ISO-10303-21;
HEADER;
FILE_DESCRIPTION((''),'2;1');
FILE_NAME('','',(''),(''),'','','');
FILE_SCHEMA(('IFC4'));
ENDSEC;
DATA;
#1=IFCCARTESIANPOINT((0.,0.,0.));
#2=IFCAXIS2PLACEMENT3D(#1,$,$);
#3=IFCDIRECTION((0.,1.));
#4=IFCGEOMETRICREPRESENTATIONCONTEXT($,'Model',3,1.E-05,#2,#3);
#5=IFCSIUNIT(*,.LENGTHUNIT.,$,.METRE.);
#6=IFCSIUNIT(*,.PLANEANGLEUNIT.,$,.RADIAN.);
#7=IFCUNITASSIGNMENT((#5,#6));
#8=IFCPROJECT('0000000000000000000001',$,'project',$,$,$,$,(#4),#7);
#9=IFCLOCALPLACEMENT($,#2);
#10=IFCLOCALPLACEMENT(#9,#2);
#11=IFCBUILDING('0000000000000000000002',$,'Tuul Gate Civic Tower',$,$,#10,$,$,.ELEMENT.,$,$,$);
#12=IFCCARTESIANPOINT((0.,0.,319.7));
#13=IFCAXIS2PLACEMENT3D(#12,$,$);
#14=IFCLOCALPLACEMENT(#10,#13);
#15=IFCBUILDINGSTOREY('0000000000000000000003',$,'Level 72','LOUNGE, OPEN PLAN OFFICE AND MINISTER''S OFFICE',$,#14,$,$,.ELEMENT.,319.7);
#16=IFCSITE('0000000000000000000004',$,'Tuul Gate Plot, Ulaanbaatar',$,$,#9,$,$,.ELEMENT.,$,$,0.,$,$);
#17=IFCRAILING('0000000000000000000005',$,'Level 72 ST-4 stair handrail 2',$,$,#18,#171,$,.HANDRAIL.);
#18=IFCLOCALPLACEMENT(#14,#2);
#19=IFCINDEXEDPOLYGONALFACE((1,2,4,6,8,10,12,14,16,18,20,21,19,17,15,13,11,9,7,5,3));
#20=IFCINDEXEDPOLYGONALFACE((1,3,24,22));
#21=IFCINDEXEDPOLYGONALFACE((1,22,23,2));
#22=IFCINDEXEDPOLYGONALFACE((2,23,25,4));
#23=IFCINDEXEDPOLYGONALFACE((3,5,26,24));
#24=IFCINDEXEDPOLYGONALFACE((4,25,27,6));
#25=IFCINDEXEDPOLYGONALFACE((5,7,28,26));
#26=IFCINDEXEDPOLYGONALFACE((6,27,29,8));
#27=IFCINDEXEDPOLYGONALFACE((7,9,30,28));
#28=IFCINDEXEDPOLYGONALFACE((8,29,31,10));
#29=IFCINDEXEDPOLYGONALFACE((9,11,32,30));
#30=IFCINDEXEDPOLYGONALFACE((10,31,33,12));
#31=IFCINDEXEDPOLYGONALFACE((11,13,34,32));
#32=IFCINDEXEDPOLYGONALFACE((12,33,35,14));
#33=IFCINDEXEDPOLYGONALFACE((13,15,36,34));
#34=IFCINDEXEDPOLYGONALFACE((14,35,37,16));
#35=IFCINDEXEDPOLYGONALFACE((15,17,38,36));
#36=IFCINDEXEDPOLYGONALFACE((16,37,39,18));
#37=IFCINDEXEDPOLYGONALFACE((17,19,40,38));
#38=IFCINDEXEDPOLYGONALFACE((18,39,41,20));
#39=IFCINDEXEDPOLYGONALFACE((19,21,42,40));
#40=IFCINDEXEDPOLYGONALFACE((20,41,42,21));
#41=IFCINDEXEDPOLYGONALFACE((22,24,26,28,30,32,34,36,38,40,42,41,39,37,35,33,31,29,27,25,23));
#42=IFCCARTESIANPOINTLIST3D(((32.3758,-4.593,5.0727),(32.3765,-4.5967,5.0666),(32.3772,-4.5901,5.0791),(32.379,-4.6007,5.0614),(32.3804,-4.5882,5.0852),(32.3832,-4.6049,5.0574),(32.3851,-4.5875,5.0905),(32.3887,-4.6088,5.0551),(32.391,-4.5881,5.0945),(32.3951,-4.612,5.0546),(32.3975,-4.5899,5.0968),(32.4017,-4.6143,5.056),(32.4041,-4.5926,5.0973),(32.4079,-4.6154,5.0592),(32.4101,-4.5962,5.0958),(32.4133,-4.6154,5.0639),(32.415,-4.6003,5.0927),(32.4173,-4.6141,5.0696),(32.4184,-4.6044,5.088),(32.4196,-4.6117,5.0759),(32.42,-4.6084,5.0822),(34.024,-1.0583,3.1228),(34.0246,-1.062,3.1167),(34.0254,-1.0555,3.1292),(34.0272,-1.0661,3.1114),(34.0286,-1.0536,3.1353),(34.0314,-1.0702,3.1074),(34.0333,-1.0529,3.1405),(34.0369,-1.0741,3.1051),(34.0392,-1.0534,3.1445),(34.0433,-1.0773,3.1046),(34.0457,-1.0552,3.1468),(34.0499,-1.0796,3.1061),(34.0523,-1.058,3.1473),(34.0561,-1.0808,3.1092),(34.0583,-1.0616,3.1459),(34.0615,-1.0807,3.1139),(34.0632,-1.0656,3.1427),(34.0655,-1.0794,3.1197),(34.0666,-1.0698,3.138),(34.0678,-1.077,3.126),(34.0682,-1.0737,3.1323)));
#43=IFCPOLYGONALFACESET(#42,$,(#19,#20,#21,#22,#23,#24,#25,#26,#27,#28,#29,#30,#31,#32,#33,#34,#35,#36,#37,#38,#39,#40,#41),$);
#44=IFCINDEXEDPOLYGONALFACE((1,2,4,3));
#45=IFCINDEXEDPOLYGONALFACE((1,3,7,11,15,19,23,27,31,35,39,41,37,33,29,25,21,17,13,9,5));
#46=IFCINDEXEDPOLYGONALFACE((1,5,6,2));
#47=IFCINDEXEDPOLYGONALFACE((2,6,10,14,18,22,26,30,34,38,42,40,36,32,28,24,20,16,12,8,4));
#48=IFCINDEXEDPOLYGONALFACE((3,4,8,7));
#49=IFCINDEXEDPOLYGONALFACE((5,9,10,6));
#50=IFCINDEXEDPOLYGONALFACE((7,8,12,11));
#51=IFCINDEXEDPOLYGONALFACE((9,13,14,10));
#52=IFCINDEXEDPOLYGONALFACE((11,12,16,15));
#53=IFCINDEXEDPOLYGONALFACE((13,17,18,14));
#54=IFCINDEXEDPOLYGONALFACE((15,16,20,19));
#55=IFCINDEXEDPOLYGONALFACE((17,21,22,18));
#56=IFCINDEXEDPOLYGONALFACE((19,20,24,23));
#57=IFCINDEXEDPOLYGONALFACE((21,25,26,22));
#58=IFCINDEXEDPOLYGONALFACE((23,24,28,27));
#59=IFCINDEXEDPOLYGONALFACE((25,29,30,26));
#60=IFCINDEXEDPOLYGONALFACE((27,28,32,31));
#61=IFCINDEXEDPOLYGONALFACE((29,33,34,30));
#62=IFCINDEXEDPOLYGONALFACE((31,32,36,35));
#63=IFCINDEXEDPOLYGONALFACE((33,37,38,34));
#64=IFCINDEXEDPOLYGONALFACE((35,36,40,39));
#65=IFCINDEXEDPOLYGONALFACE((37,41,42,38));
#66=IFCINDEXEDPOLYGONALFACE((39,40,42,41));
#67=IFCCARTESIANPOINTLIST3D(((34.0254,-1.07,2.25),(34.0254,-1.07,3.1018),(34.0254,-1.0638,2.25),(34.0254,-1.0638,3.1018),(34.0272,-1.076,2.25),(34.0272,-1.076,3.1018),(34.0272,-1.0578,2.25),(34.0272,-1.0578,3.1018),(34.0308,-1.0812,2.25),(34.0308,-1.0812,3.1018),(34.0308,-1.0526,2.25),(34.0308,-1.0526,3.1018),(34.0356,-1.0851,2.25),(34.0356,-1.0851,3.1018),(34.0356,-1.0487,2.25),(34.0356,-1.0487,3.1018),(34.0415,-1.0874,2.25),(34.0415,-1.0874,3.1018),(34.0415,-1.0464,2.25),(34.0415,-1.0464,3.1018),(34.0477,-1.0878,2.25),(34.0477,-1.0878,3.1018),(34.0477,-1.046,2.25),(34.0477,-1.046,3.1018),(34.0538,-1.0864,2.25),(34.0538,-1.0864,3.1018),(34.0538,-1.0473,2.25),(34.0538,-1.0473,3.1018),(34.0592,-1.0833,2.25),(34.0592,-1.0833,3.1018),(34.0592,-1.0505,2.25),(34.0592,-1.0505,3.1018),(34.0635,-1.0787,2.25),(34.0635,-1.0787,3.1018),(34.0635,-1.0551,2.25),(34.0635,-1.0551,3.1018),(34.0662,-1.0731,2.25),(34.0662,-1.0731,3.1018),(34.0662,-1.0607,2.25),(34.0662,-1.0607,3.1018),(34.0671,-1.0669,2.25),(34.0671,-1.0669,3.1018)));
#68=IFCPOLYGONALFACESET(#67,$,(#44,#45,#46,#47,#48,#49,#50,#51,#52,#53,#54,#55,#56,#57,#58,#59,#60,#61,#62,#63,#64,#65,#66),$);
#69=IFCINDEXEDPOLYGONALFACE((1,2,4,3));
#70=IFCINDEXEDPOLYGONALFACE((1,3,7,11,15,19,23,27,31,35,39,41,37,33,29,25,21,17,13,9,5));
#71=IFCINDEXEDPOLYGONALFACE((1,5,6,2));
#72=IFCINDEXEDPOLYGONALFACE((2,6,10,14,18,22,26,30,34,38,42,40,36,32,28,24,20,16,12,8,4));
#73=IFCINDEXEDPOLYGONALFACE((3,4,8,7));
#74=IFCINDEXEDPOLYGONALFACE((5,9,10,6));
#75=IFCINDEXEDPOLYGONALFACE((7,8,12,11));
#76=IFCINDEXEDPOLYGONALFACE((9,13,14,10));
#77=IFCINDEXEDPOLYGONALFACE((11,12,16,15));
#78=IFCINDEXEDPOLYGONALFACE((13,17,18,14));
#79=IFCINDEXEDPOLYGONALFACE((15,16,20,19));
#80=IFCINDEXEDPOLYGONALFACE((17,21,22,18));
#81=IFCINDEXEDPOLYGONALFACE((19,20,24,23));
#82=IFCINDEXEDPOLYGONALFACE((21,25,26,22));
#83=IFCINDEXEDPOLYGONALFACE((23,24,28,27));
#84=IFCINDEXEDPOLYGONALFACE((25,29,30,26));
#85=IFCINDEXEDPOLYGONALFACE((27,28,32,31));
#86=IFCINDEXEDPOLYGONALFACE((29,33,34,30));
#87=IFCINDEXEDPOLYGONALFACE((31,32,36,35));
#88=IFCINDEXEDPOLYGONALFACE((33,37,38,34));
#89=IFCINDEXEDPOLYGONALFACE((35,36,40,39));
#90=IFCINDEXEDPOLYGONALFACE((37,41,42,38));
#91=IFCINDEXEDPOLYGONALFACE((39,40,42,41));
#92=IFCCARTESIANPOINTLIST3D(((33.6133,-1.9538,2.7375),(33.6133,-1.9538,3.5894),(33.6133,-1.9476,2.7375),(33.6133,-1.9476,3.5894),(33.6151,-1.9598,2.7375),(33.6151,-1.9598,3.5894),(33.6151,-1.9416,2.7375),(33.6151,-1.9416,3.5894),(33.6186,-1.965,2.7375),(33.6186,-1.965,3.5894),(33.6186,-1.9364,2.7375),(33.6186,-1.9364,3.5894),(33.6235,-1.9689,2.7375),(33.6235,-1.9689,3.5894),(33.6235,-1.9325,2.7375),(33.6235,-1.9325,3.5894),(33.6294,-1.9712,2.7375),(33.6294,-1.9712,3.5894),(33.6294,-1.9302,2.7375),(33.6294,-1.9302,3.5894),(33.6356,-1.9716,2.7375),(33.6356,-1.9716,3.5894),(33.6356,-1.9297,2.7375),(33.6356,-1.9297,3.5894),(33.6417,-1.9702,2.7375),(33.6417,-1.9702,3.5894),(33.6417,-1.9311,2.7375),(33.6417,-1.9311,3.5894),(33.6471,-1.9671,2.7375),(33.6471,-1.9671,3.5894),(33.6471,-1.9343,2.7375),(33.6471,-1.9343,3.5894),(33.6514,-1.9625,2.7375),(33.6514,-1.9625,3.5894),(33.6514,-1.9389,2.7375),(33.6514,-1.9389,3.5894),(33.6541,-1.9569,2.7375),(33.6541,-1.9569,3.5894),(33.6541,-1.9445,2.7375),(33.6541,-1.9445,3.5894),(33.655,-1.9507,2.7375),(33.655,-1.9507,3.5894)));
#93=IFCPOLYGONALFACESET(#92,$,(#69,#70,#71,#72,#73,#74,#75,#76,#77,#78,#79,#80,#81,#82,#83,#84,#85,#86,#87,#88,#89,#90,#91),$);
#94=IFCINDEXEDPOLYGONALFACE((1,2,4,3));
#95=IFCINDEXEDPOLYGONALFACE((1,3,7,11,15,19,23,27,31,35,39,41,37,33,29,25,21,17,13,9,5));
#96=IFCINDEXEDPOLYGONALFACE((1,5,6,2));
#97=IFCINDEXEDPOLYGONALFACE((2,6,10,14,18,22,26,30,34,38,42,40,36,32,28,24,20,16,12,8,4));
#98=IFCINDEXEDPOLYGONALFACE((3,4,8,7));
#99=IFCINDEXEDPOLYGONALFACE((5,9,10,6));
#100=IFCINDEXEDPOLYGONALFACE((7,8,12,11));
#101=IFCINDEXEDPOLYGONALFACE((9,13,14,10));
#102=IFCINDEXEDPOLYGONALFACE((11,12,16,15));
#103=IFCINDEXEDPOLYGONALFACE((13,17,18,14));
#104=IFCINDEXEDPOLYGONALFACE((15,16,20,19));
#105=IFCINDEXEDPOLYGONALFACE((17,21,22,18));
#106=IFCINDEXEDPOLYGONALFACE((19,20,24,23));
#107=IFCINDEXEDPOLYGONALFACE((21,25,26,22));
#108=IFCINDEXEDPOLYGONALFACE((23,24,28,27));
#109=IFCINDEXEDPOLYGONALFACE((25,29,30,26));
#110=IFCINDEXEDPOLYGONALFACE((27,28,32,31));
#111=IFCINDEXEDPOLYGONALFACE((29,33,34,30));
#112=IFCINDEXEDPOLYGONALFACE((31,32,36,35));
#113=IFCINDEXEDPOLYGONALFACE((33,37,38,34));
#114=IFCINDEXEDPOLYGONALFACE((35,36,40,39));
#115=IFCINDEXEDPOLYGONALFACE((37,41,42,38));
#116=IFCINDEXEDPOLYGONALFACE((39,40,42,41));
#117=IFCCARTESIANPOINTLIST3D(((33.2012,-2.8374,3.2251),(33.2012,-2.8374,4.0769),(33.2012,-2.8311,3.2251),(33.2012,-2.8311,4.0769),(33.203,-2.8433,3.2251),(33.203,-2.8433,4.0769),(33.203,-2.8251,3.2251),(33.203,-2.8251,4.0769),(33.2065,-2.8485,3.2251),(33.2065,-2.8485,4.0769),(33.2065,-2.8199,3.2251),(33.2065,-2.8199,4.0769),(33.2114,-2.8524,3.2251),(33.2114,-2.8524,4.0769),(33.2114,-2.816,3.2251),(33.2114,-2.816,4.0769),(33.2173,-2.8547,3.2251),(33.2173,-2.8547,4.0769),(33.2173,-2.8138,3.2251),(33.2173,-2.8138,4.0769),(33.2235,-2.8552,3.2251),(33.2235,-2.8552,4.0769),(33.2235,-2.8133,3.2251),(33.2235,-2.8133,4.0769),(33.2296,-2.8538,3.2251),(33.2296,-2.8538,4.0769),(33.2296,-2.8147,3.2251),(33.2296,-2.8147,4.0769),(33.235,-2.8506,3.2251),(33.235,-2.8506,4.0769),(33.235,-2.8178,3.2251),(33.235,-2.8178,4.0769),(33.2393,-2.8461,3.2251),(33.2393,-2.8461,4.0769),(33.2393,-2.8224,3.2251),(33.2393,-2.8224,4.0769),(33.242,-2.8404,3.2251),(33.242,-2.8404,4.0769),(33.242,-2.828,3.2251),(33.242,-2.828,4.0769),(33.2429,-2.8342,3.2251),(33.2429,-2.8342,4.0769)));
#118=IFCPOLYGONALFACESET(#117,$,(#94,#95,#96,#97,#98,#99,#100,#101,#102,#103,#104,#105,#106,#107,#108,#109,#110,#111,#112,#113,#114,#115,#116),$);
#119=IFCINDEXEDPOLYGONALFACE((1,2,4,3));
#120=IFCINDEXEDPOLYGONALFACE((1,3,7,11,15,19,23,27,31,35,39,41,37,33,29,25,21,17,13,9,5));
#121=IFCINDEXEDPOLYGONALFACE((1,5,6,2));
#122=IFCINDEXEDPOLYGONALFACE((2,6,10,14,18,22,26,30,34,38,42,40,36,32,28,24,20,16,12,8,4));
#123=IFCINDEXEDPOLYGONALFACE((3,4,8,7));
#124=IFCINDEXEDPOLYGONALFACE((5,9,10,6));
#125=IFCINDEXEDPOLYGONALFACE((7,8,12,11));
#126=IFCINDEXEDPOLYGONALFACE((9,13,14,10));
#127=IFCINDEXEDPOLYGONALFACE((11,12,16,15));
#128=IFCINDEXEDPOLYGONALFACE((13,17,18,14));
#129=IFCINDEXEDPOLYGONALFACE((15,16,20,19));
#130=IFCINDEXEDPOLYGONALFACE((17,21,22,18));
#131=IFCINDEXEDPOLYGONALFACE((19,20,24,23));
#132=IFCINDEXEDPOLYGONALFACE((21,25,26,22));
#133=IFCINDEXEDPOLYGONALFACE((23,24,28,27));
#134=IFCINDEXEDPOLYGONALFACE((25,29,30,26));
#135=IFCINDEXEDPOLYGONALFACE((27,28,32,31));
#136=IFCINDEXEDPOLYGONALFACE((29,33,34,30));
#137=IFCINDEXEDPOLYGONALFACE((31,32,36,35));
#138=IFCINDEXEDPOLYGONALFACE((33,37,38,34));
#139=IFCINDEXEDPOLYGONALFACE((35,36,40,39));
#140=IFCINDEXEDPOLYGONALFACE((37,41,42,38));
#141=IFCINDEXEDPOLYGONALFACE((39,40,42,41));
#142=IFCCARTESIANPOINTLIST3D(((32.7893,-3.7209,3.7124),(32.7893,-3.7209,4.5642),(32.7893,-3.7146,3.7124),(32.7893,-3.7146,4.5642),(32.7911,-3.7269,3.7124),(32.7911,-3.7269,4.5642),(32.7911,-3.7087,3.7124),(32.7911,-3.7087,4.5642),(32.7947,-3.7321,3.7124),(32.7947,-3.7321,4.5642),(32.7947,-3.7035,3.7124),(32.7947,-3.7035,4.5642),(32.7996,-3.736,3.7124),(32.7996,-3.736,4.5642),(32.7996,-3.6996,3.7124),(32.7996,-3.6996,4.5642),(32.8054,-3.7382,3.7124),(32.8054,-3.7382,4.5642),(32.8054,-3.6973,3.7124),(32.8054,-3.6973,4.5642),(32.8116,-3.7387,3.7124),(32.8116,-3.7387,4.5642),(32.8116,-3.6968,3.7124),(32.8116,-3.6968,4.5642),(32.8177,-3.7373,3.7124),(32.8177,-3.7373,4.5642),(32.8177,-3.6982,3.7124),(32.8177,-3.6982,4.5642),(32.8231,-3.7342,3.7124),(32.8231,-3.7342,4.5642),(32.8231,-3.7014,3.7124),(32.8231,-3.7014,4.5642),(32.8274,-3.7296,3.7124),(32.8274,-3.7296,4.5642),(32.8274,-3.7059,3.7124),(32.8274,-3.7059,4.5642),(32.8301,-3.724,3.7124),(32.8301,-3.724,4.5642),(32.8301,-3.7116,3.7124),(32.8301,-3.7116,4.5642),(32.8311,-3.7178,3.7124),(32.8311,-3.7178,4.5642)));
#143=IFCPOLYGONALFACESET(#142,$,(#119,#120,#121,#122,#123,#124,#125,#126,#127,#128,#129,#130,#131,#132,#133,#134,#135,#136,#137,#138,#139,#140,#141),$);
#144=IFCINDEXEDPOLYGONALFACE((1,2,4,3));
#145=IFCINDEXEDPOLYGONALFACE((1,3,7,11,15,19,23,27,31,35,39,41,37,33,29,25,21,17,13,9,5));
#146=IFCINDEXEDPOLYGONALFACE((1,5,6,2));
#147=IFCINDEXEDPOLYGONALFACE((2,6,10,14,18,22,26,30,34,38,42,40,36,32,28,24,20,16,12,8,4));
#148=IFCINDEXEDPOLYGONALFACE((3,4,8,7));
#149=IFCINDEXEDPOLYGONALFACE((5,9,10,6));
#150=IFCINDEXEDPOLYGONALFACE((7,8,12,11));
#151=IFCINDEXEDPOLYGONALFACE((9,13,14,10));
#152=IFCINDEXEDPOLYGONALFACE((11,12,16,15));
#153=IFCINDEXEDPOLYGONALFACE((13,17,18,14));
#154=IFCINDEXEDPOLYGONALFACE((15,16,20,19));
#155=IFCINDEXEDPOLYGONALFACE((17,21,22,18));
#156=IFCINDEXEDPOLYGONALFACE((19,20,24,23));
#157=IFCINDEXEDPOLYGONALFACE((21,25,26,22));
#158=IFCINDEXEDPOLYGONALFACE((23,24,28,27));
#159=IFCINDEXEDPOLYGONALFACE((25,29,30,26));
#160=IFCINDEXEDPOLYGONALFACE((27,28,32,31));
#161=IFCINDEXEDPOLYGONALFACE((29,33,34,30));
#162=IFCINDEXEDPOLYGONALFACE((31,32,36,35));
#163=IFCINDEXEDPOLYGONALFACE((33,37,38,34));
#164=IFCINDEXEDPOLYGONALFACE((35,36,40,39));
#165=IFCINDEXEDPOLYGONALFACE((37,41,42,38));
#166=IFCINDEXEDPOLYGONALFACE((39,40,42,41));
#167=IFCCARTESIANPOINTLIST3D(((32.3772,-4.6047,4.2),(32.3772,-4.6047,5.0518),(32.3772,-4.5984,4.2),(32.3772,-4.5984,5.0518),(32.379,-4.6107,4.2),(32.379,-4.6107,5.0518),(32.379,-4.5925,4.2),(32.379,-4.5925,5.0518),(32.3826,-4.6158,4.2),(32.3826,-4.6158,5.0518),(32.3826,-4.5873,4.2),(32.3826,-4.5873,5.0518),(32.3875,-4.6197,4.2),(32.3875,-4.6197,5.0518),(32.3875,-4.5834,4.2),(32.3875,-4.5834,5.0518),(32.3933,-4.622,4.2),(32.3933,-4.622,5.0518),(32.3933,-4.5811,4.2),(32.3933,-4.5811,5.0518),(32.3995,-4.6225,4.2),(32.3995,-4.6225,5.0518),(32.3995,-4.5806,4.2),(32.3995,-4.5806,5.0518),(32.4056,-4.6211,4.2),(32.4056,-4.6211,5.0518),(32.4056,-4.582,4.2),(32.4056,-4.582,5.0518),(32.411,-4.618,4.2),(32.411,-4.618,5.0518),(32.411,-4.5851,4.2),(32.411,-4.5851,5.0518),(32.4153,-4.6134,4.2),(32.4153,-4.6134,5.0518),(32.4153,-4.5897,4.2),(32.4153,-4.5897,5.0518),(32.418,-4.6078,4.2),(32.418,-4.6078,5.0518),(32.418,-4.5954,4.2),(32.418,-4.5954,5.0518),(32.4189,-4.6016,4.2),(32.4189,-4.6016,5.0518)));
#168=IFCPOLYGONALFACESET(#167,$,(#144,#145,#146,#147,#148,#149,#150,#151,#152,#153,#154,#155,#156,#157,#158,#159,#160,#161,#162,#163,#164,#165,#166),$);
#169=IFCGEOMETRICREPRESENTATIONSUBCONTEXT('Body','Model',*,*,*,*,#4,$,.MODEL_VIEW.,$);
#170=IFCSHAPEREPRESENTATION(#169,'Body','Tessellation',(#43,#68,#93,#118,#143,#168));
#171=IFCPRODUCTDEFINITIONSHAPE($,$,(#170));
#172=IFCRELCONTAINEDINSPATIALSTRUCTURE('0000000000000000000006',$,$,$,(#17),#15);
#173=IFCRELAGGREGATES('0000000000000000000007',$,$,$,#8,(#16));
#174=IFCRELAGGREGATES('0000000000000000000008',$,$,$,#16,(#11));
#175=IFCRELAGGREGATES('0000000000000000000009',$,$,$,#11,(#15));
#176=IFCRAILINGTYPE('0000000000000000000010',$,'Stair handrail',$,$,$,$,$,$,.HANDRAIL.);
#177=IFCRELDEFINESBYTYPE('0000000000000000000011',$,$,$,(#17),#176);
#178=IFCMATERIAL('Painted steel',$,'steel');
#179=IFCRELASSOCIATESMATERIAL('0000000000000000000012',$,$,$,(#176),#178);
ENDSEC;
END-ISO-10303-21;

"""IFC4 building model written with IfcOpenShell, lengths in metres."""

from ifc_helpers import new_model, si_unit, direction, frame, origin, origin_2d, place, context, subcontext, project, spatial, circle, extrude, material, type_object, element, save


model = new_model("IFC4")

# Units and contexts
model_context = context("Model", 3, precision=1e-05, world=origin(), true_north=direction((0.0, 1.0)))
body_context = subcontext(model_context, "Body", "Model", "MODEL_VIEW")
ifc_project = project(units=[si_unit("LENGTHUNIT", "METRE"), si_unit("PLANEANGLEUNIT", "RADIAN")], contexts=[model_context])

# Site, building, storey
site_placement = place(None, origin())
site = spatial("IfcSite", under=ifc_project, at=site_placement, Name="Tuul Gate Plot, Ulaanbaatar", CompositionType="ELEMENT", RefElevation=0.0)
building_placement = place(site_placement, origin())
building = spatial("IfcBuilding", under=site, at=building_placement, Name="Tuul Gate Civic Tower", CompositionType="ELEMENT")
storey_placement = place(building_placement, frame((0.0, 0.0, 319.7)))
storey = spatial("IfcBuildingStorey", under=building, at=storey_placement, Name="Level 72", Description="LOUNGE, OPEN PLAN OFFICE AND MINISTER'S OFFICE", CompositionType="ELEMENT", Elevation=319.7)

# Railing
ifc_material_1 = material(Name="Painted steel", Category="steel")
railing_type_1 = type_object("IfcRailingType", Name="Stair handrail", PredefinedType="HANDRAIL", material=ifc_material_1)
railing_1_placement = place(storey_placement, frame((34.0461, -1.0669, 2.25)))
element("IfcRailing", 1, at=railing_1_placement, inside=storey, type_object=railing_type_1, Name="Level 72 ST-4 stair handrail 2", PredefinedType="HANDRAIL", context=body_context, shape_type="SweptSolid", body=[
    extrude(circle(Radius=0.0239, at=origin_2d()), frame((0.0, 0.0, 0.876), z_axis=(-0.377995, -0.810637, 0.4472), x_axis=(0.906313, -0.422608, 0.0)), (0.0, 0.0, 1.0), 4.3604),
    extrude(circle(Radius=0.021, at=origin_2d()), origin(), (0.0, 0.0, 1.0), 0.8518),
    extrude(circle(Radius=0.021, at=origin_2d()), frame((-0.4121, -0.8838, 0.4875)), (0.0, 0.0, 1.0), 0.8518),
    extrude(circle(Radius=0.021, at=origin_2d()), frame((-0.8242, -1.7673, 0.9751)), (0.0, 0.0, 1.0), 0.8518),
    extrude(circle(Radius=0.021, at=origin_2d()), frame((-1.2361, -2.6509, 1.4624)), (0.0, 0.0, 1.0), 0.8518),
    extrude(circle(Radius=0.021, at=origin_2d()), frame((-1.6482, -3.5347, 1.95)), (0.0, 0.0, 1.0), 0.8518),
])

save(model, "model.ifc")
